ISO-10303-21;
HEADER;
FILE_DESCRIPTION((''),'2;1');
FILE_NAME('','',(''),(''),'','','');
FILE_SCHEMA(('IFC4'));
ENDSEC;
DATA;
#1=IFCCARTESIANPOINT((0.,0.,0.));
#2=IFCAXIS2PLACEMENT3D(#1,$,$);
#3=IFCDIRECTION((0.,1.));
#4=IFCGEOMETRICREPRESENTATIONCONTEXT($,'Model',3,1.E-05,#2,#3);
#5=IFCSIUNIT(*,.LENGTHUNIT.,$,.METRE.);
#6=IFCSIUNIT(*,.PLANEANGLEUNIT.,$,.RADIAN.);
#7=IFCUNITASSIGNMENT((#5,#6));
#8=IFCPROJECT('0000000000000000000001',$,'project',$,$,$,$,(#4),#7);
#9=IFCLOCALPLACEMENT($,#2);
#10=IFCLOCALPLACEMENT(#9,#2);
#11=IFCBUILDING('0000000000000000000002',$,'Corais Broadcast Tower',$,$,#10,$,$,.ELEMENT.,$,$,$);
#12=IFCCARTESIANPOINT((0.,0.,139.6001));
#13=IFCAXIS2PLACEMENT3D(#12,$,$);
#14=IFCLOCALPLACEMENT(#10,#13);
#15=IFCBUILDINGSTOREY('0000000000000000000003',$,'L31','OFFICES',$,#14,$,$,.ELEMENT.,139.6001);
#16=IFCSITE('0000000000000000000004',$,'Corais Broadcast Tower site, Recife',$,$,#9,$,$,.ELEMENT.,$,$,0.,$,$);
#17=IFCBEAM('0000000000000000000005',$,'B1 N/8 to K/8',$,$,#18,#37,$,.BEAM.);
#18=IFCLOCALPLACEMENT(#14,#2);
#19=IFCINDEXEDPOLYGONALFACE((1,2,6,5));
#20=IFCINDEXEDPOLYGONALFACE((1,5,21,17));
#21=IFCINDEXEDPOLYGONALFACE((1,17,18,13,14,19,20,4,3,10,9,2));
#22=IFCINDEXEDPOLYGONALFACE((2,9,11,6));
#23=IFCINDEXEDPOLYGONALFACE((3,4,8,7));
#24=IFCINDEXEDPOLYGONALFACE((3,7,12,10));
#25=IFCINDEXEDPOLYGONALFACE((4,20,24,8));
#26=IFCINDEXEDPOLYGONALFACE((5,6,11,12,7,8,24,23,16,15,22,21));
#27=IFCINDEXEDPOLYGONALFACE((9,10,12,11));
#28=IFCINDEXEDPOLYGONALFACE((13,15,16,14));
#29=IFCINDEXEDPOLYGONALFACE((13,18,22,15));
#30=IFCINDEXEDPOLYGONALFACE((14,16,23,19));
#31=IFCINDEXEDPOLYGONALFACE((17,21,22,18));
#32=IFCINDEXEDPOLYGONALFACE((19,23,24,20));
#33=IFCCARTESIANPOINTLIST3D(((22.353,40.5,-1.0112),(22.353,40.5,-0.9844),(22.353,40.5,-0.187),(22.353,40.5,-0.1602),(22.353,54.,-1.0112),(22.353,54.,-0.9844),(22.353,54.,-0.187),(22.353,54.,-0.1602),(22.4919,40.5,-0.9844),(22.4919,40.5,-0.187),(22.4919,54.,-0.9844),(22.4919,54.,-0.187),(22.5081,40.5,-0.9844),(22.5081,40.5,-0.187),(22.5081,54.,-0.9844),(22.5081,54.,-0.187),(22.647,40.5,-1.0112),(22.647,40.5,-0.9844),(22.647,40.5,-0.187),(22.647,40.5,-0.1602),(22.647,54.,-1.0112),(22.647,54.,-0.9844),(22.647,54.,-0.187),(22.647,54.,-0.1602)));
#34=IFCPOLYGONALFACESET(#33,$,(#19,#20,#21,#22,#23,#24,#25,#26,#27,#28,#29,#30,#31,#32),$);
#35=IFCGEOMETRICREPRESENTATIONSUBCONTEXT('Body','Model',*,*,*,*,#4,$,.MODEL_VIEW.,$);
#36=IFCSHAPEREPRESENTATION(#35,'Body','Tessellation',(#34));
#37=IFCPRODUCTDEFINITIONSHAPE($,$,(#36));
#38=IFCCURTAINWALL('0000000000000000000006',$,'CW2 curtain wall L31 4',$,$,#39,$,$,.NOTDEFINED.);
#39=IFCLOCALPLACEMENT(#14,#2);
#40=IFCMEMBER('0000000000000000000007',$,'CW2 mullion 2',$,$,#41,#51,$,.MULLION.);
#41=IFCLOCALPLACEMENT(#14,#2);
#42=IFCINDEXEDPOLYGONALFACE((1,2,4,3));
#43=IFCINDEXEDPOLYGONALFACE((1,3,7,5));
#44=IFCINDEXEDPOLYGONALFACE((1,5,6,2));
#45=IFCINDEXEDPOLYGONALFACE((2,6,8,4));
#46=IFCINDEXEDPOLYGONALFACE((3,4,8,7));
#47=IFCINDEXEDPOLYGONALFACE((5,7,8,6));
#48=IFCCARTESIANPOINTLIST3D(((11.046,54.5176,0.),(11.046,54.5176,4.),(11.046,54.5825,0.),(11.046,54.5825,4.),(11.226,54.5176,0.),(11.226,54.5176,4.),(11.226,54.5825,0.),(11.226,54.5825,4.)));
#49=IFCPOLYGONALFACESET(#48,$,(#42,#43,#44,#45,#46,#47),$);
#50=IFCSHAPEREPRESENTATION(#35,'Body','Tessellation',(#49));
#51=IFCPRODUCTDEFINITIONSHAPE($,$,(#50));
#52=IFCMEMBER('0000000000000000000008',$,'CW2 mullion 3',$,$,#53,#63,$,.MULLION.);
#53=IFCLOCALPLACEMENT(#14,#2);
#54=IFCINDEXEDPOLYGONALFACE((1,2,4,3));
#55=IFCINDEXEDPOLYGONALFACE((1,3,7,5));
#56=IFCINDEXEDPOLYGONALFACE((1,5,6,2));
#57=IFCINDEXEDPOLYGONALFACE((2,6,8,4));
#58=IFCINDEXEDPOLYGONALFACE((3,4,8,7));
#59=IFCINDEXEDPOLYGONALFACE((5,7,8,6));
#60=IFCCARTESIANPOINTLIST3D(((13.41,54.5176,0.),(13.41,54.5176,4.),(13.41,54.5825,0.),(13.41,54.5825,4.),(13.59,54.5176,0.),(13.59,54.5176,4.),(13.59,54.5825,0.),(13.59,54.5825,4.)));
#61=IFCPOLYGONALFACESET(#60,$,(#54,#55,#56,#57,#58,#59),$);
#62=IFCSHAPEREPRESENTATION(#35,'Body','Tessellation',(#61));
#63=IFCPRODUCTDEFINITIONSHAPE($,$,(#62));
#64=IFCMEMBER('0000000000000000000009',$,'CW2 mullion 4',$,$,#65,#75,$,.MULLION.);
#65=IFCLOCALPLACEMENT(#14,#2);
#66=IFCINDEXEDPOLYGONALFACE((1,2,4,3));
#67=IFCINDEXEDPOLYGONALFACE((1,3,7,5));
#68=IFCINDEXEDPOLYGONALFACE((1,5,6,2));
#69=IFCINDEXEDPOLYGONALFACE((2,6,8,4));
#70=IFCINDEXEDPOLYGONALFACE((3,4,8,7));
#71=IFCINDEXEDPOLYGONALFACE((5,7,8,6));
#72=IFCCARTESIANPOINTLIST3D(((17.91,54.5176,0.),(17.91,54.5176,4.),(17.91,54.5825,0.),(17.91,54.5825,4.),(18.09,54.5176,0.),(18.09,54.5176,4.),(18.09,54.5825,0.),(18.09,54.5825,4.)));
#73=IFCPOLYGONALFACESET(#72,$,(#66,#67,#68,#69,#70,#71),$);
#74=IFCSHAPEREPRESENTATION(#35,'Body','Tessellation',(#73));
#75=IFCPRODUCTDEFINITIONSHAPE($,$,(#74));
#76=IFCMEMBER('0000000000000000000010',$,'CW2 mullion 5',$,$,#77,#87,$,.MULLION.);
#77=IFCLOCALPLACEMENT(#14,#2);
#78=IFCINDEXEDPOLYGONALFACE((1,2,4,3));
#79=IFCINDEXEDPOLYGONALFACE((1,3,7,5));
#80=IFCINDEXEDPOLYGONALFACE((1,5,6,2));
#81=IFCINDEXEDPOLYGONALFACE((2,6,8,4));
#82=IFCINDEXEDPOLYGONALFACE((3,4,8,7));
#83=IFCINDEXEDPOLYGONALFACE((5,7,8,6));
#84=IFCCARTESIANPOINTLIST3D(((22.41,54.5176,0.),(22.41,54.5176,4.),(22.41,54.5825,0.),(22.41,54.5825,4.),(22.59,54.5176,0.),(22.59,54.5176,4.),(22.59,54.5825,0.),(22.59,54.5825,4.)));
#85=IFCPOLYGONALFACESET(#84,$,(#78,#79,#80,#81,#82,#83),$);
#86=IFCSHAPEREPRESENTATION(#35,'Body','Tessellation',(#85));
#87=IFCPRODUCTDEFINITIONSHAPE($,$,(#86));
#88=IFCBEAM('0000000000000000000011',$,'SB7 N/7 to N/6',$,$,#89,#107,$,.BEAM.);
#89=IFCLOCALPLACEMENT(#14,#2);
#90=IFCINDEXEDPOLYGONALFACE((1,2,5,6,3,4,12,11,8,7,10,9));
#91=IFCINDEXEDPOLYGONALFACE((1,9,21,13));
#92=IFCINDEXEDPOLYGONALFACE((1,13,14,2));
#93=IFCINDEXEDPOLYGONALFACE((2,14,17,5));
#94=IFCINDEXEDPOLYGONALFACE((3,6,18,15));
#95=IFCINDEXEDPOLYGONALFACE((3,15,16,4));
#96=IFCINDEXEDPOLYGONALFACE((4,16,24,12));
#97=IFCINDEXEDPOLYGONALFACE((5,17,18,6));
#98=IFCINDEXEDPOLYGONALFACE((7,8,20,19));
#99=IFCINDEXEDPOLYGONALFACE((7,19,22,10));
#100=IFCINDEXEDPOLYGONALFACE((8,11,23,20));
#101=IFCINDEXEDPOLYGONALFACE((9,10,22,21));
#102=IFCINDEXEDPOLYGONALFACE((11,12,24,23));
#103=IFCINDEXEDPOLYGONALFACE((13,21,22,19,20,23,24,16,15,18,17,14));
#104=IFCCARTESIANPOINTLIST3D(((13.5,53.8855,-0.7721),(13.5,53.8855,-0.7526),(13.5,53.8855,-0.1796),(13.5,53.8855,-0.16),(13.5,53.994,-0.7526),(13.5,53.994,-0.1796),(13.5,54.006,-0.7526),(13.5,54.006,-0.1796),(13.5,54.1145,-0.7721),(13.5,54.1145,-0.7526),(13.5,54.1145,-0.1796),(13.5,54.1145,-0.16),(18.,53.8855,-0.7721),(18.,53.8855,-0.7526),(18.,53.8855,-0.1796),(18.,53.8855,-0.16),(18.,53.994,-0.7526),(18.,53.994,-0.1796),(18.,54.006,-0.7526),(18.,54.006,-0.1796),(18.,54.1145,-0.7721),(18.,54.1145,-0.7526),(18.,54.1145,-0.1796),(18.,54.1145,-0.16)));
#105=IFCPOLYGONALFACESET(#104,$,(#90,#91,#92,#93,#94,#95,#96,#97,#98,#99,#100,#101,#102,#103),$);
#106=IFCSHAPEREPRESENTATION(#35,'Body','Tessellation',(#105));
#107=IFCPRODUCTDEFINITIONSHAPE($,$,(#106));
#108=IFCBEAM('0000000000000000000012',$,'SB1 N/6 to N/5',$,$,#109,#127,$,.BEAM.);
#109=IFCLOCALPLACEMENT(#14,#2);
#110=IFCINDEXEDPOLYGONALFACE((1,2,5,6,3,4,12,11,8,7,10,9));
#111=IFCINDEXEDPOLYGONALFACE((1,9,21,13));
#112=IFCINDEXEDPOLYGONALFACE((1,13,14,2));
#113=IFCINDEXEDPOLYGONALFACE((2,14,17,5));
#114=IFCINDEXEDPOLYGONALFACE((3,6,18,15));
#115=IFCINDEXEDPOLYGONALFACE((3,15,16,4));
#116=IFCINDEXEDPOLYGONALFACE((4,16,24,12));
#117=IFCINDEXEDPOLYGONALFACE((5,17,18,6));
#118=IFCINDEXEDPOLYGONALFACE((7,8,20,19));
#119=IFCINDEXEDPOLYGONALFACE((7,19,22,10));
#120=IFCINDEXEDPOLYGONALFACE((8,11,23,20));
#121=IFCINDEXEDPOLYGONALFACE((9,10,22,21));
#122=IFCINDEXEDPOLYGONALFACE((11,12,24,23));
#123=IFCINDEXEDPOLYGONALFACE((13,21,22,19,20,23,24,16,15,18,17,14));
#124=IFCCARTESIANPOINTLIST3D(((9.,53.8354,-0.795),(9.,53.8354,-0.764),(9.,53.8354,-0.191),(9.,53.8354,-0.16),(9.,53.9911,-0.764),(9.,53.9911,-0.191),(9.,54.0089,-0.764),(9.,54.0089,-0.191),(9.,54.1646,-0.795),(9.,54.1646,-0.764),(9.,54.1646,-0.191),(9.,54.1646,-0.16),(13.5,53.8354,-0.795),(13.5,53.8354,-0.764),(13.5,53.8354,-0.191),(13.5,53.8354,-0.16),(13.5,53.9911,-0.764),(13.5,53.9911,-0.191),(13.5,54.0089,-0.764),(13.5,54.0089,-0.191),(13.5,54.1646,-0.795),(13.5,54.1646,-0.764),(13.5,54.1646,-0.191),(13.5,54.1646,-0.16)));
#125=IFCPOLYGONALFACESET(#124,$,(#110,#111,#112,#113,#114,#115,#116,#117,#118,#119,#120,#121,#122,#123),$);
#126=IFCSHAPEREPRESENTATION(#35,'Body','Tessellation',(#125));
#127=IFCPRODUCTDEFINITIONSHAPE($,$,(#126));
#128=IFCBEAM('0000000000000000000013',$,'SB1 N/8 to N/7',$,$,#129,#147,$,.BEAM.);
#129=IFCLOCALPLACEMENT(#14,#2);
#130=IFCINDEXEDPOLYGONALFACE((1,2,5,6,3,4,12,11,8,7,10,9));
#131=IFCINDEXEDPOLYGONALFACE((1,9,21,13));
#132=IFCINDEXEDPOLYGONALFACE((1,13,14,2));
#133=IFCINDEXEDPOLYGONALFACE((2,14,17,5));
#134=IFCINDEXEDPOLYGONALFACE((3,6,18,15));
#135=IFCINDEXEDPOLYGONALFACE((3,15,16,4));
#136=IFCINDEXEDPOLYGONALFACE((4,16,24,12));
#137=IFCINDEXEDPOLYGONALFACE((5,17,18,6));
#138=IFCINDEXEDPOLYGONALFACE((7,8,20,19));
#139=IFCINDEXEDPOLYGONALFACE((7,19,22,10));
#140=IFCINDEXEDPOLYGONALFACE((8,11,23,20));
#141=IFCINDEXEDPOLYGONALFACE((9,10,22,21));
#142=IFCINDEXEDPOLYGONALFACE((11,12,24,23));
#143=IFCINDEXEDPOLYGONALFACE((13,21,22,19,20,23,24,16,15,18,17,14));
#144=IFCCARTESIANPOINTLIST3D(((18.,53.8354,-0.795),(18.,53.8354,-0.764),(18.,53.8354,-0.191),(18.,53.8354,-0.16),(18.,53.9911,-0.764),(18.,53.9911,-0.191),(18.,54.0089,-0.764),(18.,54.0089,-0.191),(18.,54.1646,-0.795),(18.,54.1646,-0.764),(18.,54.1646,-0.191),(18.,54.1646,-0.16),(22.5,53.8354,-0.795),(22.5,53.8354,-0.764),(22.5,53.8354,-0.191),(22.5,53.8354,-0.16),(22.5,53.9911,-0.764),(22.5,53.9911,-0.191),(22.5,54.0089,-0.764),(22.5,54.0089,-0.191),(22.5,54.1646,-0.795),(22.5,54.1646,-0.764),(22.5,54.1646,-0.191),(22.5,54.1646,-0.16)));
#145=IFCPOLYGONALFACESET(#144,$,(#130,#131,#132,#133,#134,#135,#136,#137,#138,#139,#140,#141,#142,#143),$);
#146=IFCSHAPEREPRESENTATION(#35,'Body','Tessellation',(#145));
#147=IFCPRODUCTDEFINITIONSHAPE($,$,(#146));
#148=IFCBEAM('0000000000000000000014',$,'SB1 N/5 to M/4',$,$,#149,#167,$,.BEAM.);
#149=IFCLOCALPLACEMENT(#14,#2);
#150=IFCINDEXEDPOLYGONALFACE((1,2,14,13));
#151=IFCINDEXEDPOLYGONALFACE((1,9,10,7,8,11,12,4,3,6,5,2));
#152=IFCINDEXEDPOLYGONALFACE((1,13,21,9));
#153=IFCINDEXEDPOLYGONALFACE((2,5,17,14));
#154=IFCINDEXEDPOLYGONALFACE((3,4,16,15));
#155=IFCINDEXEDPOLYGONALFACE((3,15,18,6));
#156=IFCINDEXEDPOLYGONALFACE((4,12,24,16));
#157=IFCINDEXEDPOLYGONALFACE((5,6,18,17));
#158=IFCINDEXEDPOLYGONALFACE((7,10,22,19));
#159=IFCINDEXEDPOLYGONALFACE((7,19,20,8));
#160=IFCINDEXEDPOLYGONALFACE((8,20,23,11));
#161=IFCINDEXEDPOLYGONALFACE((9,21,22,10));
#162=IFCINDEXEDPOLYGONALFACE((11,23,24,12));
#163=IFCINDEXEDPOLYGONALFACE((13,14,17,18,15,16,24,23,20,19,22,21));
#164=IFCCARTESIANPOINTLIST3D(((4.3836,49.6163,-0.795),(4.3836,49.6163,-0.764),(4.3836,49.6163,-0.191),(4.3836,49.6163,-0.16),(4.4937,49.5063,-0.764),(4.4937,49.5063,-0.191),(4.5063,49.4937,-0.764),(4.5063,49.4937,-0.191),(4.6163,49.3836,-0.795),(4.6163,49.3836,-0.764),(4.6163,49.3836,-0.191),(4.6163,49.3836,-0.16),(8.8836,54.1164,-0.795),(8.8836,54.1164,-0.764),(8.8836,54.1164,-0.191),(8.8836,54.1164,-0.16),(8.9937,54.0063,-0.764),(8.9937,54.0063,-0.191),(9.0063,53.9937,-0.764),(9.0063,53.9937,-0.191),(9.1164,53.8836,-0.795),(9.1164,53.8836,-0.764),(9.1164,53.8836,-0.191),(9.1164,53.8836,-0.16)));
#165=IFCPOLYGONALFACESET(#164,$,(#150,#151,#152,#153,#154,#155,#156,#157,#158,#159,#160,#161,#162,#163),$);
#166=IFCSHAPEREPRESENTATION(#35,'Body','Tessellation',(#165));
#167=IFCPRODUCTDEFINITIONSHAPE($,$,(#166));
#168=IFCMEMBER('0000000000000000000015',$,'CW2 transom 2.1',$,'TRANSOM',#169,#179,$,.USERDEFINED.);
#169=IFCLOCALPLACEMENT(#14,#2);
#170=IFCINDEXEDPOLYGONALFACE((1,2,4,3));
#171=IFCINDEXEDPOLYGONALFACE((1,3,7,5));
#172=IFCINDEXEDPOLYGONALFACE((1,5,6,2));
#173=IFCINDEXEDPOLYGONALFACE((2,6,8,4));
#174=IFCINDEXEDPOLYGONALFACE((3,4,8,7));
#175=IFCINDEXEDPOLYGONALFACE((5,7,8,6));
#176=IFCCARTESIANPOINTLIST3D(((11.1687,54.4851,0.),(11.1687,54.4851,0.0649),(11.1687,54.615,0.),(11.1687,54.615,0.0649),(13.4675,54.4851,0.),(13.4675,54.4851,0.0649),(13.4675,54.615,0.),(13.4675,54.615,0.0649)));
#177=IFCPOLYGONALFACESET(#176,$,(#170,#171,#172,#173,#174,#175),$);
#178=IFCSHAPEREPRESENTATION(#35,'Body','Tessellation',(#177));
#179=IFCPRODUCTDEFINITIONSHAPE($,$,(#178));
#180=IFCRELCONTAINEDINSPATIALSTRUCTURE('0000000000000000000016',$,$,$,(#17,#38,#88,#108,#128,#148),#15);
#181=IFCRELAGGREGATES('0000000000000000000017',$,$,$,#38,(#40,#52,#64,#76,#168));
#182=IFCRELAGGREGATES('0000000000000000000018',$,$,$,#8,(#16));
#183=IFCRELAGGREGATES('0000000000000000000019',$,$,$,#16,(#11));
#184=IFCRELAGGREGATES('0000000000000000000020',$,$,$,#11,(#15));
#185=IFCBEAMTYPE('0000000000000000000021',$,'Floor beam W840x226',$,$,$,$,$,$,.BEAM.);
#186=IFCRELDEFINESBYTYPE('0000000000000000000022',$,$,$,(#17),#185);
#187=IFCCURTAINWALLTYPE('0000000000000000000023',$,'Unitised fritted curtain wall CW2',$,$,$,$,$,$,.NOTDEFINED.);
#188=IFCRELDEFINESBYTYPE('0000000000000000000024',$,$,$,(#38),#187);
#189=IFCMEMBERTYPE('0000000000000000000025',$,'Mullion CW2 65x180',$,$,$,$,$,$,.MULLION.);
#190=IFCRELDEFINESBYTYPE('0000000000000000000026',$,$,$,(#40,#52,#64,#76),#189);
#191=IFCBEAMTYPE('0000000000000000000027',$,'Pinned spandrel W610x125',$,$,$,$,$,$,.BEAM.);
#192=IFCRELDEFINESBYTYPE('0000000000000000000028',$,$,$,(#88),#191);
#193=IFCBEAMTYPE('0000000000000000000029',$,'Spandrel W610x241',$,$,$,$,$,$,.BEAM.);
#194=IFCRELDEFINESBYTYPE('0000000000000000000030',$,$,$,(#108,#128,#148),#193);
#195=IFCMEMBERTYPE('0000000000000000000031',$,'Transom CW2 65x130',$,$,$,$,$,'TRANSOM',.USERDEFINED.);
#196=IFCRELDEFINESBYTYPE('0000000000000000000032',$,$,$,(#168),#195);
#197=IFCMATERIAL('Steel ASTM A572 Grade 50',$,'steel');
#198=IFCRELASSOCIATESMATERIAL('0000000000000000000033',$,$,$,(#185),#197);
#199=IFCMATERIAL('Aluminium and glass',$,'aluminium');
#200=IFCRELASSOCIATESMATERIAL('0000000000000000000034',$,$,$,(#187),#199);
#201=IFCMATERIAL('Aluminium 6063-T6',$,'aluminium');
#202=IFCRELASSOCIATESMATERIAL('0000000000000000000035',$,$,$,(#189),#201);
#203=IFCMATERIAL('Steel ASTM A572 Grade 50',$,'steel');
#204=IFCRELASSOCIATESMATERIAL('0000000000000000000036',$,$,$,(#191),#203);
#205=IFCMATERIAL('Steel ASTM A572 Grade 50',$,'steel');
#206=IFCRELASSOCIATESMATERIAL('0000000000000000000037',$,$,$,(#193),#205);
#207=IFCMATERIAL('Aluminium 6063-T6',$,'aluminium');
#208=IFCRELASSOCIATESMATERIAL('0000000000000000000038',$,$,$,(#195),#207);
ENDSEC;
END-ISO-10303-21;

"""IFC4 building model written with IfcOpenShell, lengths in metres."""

from ifc_helpers import new_model, si_unit, direction, frame, origin, origin_2d, place, context, subcontext, project, spatial, rectangle, i_section, extrude, material, material_profile, profile_set, type_object, element, aggregate, save


model = new_model("IFC4")

# Units and contexts
model_context = context("Model", 3, precision=1e-05, world=origin(), true_north=direction((0.0, 1.0)))
body_context = subcontext(model_context, "Body", "Model", "MODEL_VIEW")
ifc_project = project(units=[si_unit("LENGTHUNIT", "METRE"), si_unit("PLANEANGLEUNIT", "RADIAN")], contexts=[model_context])

# Site, building, storey
site_placement = place(None, origin())
site = spatial("IfcSite", under=ifc_project, at=site_placement, Name="Corais Broadcast Tower site, Recife", CompositionType="ELEMENT", RefElevation=0.0)
building_placement = place(site_placement, origin())
building = spatial("IfcBuilding", under=site, at=building_placement, Name="Corais Broadcast Tower", CompositionType="ELEMENT")
storey_placement = place(building_placement, frame((0.0, 0.0, 139.6001)))
storey = spatial("IfcBuildingStorey", under=building, at=storey_placement, Name="L31", Description="OFFICES", CompositionType="ELEMENT", Elevation=139.6001)

# Beam
ifc_material_1 = material(Name="Steel ASTM A572 Grade 50", Category="steel")
ifc_material_profile_1 = material_profile(ifc_material_1, i_section(OverallWidth=0.2939, OverallDepth=0.8511, WebThickness=0.0161, FlangeThickness=0.0269, at=origin_2d()), Name="W840x226")
ifc_profile_set_1 = profile_set([ifc_material_profile_1], Name="Steel ASTM A572 Grade 50")
beam_type_1 = type_object("IfcBeamType", Name="Floor beam W840x226", PredefinedType="BEAM", material=ifc_profile_set_1)
for number, where, z_axis, x_axis, name in (
    (1, (22.5, 54.0, -0.5857), (0.0, -1.0, 0.0), (1.0, 0.0, 0.0), "B1 N/8 to K/8"),
):
    element("IfcBeam", number, at=place(storey_placement, frame(where, z_axis=z_axis, x_axis=x_axis)), inside=storey, type_object=beam_type_1, Name=name, PredefinedType="BEAM", context=body_context, shape_type="SweptSolid", body=[
        extrude(i_section(OverallWidth=0.2939, OverallDepth=0.8511, WebThickness=0.0161, FlangeThickness=0.0269, at=origin_2d()), origin(), (0.0, 0.0, 1.0), 13.5),
    ])

# Curtain wall, members
ifc_material_2 = material(Name="Aluminium and glass", Category="aluminium")
curtain_wall_type = type_object("IfcCurtainWallType", Name="Unitised fritted curtain wall CW2", PredefinedType="NOTDEFINED", material=ifc_material_2)
curtain_wall_placement = place(storey_placement, origin())
curtain_wall = element("IfcCurtainWall", 2, at=curtain_wall_placement, inside=storey, type_object=curtain_wall_type, Name="CW2 curtain wall L31 4", PredefinedType="NOTDEFINED")
ifc_material_3 = material(Name="Aluminium 6063-T6", Category="aluminium")
ifc_material_profile_2 = material_profile(ifc_material_3, rectangle(XDim=0.0649, YDim=0.1799, at=origin_2d()), Name="Mullion CW2 65x180")
ifc_profile_set_2 = profile_set([ifc_material_profile_2], Name="Aluminium 6063-T6")
member_type_1 = type_object("IfcMemberType", Name="Mullion CW2 65x180", PredefinedType="MULLION", material=ifc_profile_set_2)
member_1_placement = place(storey_placement, frame((11.136, 54.55, 0.0), z_axis=(0.0, 0.0, 1.0), x_axis=(0.0, 1.0, 0.0)))
member_1 = element("IfcMember", 3, at=member_1_placement, type_object=member_type_1, Name="CW2 mullion 2", PredefinedType="MULLION", context=body_context, shape_type="SweptSolid", body=[
    extrude(rectangle(XDim=0.0649, YDim=0.1799, at=origin_2d()), origin(), (0.0, 0.0, 1.0), 4.0),
])
member_2_placement = place(storey_placement, frame((13.5, 54.55, 0.0), z_axis=(0.0, 0.0, 1.0), x_axis=(0.0, 1.0, 0.0)))
member_2 = element("IfcMember", 4, at=member_2_placement, type_object=member_type_1, Name="CW2 mullion 3", PredefinedType="MULLION", context=body_context, shape_type="SweptSolid", body=[
    extrude(rectangle(XDim=0.0649, YDim=0.1799, at=origin_2d()), origin(), (0.0, 0.0, 1.0), 4.0),
])
member_3_placement = place(storey_placement, frame((18.0, 54.55, 0.0), z_axis=(0.0, 0.0, 1.0), x_axis=(0.0, 1.0, 0.0)))
member_3 = element("IfcMember", 5, at=member_3_placement, type_object=member_type_1, Name="CW2 mullion 4", PredefinedType="MULLION", context=body_context, shape_type="SweptSolid", body=[
    extrude(rectangle(XDim=0.0649, YDim=0.1799, at=origin_2d()), origin(), (0.0, 0.0, 1.0), 4.0),
])
member_4_placement = place(storey_placement, frame((22.5, 54.55, 0.0), z_axis=(0.0, 0.0, 1.0), x_axis=(0.0, 1.0, 0.0)))
member_4 = element("IfcMember", 6, at=member_4_placement, type_object=member_type_1, Name="CW2 mullion 5", PredefinedType="MULLION", context=body_context, shape_type="SweptSolid", body=[
    extrude(rectangle(XDim=0.0649, YDim=0.1799, at=origin_2d()), origin(), (0.0, 0.0, 1.0), 4.0),
])

# Beams
ifc_material_4 = material(Name="Steel ASTM A572 Grade 50", Category="steel")
ifc_material_profile_3 = material_profile(ifc_material_4, i_section(OverallWidth=0.229, OverallDepth=0.6121, WebThickness=0.012, FlangeThickness=0.0195, at=origin_2d()), Name="W610x125")
ifc_profile_set_3 = profile_set([ifc_material_profile_3], Name="Steel ASTM A572 Grade 50")
beam_type_2 = type_object("IfcBeamType", Name="Pinned spandrel W610x125", PredefinedType="BEAM", material=ifc_profile_set_3)
beam_1_placement = place(storey_placement, frame((18.0, 54.0, -0.4661), z_axis=(-1.0, 0.0, 0.0), x_axis=(0.0, -1.0, 0.0)))
element("IfcBeam", 7, at=beam_1_placement, inside=storey, type_object=beam_type_2, Name="SB7 N/7 to N/6", PredefinedType="BEAM", context=body_context, shape_type="SweptSolid", body=[
    extrude(i_section(OverallWidth=0.229, OverallDepth=0.6121, WebThickness=0.012, FlangeThickness=0.0195, at=origin_2d()), origin(), (0.0, 0.0, 1.0), 4.5),
])
ifc_material_5 = material(Name="Steel ASTM A572 Grade 50", Category="steel")
ifc_material_profile_4 = material_profile(ifc_material_5, i_section(OverallWidth=0.3291, OverallDepth=0.635, WebThickness=0.0178, FlangeThickness=0.031, at=origin_2d()), Name="W610x241")
ifc_profile_set_4 = profile_set([ifc_material_profile_4], Name="Steel ASTM A572 Grade 50")
beam_type_3 = type_object("IfcBeamType", Name="Spandrel W610x241", PredefinedType="BEAM", material=ifc_profile_set_4)
for number, where, z_axis, x_axis, name in (
    (8, (13.5, 54.0, -0.4775), (-1.0, 0.0, 0.0), (0.0, -1.0, 0.0), "SB1 N/6 to N/5"),
    (9, (22.5, 54.0, -0.4775), (-1.0, 0.0, 0.0), (0.0, -1.0, 0.0), "SB1 N/8 to N/7"),
):
    element("IfcBeam", number, at=place(storey_placement, frame(where, z_axis=z_axis, x_axis=x_axis)), inside=storey, type_object=beam_type_3, Name=name, PredefinedType="BEAM", context=body_context, shape_type="SweptSolid", body=[
        extrude(i_section(OverallWidth=0.3291, OverallDepth=0.635, WebThickness=0.0178, FlangeThickness=0.031, at=origin_2d()), origin(), (0.0, 0.0, 1.0), 4.5),
    ])
beam_2_placement = place(storey_placement, frame((9.0, 54.0, -0.4775), z_axis=(-0.707107, -0.707107, 0.0), x_axis=(0.707107, -0.707107, 0.0)))
element("IfcBeam", 10, at=beam_2_placement, inside=storey, type_object=beam_type_3, Name="SB1 N/5 to M/4", PredefinedType="BEAM", context=body_context, shape_type="SweptSolid", body=[
    extrude(i_section(OverallWidth=0.3291, OverallDepth=0.635, WebThickness=0.0178, FlangeThickness=0.031, at=origin_2d()), origin(), (0.0, 0.0, 1.0), 6.364),
])

# Member
ifc_material_6 = material(Name="Aluminium 6063-T6", Category="aluminium")
ifc_material_profile_5 = material_profile(ifc_material_6, rectangle(XDim=0.1299, YDim=0.0649, at=origin_2d()), Name="Transom CW2 65x130")
ifc_profile_set_5 = profile_set([ifc_material_profile_5], Name="Aluminium 6063-T6")
member_type_2 = type_object("IfcMemberType", Name="Transom CW2 65x130", ElementType="TRANSOM", PredefinedType="USERDEFINED", material=ifc_profile_set_5)
member_5_placement = place(storey_placement, frame((11.1687, 54.55, 0.0325), z_axis=(1.0, 0.0, 0.0), x_axis=(0.0, 1.0, 0.0)))
member_5 = element("IfcMember", 11, at=member_5_placement, type_object=member_type_2, Name="CW2 transom 2.1", ObjectType="TRANSOM", PredefinedType="USERDEFINED", context=body_context, shape_type="SweptSolid", body=[
    extrude(rectangle(XDim=0.1299, YDim=0.0649, at=origin_2d()), origin(), (0.0, 0.0, 1.0), 2.2988),
])

aggregate(curtain_wall, [member_1, member_2, member_3, member_4, member_5])

save(model, "model.ifc")
